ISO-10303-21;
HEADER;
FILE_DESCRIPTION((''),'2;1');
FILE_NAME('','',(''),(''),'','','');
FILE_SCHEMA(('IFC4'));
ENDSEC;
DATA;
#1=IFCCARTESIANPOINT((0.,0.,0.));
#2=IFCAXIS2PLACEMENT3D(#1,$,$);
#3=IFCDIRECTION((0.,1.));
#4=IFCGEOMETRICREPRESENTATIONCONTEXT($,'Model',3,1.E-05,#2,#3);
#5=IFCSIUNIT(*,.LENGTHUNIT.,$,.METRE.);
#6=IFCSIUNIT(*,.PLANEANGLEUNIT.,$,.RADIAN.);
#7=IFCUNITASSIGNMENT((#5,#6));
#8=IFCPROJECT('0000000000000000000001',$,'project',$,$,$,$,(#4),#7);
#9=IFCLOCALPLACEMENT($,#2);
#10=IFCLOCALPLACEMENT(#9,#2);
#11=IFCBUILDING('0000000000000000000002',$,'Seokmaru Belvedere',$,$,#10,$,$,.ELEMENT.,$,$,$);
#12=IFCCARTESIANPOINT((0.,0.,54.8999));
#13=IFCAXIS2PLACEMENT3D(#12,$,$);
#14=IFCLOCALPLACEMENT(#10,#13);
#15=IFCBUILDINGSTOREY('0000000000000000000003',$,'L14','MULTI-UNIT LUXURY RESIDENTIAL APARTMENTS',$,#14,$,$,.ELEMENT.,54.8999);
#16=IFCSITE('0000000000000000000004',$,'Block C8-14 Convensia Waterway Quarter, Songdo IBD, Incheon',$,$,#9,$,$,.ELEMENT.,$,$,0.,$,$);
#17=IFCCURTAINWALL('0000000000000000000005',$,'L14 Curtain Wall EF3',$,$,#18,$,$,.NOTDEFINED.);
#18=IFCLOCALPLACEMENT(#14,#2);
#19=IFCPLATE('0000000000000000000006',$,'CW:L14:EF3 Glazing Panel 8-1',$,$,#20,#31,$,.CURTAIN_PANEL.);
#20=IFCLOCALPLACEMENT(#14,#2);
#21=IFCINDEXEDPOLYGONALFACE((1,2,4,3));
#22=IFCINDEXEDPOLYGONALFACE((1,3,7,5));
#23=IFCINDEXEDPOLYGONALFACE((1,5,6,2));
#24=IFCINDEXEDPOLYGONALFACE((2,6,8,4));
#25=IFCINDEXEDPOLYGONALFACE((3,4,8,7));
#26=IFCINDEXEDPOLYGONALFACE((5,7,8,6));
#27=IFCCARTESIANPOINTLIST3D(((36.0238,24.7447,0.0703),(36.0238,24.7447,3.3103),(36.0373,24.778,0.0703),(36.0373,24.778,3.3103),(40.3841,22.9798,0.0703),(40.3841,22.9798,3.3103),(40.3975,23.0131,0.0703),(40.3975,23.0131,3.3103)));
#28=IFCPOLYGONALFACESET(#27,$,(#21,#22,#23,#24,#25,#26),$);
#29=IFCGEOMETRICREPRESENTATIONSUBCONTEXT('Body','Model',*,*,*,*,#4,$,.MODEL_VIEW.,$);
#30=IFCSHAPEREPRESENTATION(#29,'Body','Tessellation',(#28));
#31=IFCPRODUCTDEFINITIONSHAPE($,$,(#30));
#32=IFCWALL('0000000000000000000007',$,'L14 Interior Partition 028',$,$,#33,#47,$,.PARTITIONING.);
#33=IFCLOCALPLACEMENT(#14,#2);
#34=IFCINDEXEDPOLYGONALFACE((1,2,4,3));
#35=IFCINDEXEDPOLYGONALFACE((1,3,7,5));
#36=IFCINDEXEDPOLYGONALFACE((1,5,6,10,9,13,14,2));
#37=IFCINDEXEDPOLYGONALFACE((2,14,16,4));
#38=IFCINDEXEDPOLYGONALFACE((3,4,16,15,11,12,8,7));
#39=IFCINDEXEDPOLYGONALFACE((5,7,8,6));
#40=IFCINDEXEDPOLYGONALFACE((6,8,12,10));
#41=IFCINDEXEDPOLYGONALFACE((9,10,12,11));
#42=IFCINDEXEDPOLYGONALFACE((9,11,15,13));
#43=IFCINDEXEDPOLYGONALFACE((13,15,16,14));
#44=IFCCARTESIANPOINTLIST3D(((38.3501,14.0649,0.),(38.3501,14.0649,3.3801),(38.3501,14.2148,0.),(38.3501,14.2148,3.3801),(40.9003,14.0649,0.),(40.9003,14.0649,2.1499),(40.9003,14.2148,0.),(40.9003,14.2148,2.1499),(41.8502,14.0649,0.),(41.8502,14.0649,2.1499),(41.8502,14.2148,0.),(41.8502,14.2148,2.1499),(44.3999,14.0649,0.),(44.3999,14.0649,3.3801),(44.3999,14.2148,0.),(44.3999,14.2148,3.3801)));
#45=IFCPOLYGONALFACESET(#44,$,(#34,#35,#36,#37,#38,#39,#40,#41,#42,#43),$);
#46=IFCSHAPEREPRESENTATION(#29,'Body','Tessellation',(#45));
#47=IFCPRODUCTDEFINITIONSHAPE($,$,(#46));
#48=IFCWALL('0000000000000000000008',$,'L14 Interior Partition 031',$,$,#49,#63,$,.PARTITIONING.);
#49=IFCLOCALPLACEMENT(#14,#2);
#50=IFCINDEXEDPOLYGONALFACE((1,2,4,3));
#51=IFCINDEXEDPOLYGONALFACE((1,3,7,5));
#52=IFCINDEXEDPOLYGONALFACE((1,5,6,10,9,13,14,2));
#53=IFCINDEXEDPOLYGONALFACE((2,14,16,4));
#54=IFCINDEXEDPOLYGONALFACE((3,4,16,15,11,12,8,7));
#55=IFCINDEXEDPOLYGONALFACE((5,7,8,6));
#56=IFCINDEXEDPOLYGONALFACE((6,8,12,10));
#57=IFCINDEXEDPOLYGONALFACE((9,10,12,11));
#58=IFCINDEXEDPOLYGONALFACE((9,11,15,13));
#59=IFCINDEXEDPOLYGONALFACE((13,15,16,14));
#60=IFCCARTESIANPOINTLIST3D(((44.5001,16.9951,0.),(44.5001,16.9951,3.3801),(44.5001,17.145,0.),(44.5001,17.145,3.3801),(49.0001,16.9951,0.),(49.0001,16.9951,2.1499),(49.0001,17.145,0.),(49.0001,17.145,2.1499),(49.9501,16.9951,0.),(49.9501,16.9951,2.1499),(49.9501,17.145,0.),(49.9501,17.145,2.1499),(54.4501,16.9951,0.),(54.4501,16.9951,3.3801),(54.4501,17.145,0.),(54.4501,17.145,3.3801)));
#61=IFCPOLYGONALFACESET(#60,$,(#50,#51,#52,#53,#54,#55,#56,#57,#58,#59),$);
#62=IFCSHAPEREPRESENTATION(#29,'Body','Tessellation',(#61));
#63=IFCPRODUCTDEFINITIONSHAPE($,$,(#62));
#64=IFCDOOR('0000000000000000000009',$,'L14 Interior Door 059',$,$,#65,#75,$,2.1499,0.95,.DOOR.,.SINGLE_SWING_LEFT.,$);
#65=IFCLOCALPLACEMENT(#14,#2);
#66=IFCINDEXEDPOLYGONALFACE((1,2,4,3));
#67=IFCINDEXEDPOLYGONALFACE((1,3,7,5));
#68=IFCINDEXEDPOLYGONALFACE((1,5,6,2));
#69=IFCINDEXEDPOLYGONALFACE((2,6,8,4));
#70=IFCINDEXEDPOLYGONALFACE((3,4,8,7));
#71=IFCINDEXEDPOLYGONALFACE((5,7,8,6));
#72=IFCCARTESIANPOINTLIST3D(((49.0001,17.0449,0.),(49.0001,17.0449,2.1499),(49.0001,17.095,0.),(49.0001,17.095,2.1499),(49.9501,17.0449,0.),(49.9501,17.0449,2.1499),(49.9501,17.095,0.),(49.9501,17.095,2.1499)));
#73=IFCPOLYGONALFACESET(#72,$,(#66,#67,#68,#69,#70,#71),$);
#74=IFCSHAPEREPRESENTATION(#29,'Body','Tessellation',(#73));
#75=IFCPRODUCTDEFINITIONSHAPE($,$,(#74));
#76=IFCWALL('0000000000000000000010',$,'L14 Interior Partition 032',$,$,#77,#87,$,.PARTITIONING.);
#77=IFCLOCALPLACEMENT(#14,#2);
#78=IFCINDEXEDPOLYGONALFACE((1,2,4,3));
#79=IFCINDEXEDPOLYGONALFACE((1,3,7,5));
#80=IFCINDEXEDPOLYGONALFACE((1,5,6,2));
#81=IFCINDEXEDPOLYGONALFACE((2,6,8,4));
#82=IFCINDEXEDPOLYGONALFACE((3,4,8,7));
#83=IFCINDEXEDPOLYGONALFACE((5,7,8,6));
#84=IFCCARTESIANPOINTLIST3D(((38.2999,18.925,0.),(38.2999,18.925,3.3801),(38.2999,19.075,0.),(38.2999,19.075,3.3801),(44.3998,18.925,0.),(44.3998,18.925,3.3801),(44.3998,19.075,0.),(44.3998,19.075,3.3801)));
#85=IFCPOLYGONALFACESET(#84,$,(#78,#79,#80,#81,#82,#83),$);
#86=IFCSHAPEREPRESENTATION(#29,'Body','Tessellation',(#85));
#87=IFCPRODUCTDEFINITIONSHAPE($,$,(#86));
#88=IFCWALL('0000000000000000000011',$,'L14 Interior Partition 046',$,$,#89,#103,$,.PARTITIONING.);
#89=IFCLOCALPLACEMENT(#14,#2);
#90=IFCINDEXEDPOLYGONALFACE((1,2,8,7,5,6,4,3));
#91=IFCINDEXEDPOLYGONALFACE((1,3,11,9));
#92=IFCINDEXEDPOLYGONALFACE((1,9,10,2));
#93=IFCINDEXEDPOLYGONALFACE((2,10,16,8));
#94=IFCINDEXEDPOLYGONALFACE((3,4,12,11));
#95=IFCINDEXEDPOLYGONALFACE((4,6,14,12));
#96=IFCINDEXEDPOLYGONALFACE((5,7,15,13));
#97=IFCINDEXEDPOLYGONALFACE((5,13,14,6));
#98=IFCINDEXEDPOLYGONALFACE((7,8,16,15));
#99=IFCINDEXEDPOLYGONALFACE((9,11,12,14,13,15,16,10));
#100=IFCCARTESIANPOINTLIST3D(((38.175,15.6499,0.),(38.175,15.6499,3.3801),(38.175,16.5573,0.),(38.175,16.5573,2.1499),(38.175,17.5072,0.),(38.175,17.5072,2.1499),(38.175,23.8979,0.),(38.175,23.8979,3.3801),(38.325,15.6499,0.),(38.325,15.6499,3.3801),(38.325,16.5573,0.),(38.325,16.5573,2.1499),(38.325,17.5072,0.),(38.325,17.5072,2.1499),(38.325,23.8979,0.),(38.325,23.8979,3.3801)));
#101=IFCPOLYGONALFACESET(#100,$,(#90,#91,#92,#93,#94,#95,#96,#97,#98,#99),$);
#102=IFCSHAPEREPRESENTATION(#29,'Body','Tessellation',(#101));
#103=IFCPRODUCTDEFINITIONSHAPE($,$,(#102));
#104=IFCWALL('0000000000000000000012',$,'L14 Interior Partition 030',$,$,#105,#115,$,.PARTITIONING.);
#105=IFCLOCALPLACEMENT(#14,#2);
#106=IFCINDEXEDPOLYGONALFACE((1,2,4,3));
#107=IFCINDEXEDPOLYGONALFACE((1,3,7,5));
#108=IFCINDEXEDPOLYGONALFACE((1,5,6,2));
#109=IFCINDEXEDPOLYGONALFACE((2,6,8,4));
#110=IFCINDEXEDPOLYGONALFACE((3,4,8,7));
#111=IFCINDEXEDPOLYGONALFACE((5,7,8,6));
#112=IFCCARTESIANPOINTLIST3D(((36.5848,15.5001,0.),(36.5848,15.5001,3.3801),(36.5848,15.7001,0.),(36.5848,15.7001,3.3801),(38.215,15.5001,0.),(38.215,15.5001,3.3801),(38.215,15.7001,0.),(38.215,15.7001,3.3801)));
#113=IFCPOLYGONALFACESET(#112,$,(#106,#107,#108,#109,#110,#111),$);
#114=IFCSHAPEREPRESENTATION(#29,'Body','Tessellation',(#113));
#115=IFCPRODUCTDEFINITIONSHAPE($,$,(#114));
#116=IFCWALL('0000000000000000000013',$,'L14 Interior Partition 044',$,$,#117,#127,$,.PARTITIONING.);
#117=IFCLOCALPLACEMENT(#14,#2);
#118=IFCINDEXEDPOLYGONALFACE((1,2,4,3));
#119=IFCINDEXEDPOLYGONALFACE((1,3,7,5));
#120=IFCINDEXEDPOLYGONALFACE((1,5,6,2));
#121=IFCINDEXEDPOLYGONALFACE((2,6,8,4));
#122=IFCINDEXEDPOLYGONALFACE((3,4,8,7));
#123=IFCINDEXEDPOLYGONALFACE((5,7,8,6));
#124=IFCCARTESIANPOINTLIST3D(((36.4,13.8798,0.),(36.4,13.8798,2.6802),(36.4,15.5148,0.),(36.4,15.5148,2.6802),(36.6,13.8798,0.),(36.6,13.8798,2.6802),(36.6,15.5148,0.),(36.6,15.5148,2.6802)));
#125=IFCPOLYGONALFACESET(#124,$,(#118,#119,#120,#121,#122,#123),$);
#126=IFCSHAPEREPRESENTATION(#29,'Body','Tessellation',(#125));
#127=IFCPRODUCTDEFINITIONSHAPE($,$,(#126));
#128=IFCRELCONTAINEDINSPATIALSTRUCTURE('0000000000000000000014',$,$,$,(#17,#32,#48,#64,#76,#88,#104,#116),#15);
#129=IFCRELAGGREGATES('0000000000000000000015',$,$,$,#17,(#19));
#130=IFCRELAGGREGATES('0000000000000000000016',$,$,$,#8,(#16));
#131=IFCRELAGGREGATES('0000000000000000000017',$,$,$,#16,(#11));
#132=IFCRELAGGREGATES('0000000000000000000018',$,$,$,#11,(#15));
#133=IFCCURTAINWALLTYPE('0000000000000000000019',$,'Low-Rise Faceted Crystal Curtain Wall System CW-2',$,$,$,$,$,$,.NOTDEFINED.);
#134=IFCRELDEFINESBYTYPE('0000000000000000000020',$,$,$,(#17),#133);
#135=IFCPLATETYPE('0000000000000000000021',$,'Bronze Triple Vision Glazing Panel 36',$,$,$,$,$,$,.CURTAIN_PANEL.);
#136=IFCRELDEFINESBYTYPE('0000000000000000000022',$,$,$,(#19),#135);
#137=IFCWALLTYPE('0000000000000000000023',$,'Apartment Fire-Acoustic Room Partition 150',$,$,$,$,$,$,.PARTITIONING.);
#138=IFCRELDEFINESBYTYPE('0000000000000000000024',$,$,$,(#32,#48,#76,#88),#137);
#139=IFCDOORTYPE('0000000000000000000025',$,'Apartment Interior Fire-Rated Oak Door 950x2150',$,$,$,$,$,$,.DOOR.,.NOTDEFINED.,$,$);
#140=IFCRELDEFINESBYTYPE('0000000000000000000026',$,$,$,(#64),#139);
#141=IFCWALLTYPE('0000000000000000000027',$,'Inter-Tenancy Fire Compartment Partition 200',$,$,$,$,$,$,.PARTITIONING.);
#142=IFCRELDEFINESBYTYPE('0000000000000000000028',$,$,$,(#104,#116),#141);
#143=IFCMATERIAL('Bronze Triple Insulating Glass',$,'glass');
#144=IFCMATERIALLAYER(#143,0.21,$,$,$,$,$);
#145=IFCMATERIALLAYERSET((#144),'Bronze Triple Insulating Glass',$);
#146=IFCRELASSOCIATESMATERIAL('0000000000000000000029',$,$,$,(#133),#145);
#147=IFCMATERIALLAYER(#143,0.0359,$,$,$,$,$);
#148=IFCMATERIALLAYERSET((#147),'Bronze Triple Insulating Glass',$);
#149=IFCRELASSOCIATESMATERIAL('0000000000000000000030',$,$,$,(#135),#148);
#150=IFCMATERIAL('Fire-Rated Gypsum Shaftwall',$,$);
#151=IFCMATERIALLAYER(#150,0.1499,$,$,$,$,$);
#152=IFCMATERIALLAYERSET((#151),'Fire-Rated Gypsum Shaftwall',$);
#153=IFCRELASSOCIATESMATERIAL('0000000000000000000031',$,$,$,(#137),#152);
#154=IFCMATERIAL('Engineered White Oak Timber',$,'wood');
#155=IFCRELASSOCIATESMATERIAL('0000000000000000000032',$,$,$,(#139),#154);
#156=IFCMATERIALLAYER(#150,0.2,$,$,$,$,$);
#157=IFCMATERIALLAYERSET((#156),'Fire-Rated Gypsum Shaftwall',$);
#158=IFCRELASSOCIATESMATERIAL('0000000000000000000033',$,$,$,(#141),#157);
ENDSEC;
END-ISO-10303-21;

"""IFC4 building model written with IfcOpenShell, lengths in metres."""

from ifc_helpers import new_model, si_unit, direction, frame, frame_2d, origin, origin_2d, place, context, subcontext, project, spatial, rectangle, extrude, source, transform, mapped, material, layer, layer_set, type_object, type_shapes, element, fill, aggregate, save


model = new_model("IFC4")

# Units and contexts
model_context = context("Model", 3, precision=1e-05, world=origin(), true_north=direction((0.0, 1.0)))
body_context = subcontext(model_context, "Body", "Model", "MODEL_VIEW")
ifc_project = project(units=[si_unit("LENGTHUNIT", "METRE"), si_unit("PLANEANGLEUNIT", "RADIAN")], contexts=[model_context])

# Site, building, storey
site_placement = place(None, origin())
site = spatial("IfcSite", under=ifc_project, at=site_placement, Name="Block C8-14 Convensia Waterway Quarter, Songdo IBD, Incheon", CompositionType="ELEMENT", RefElevation=0.0)
building_placement = place(site_placement, origin())
building = spatial("IfcBuilding", under=site, at=building_placement, Name="Seokmaru Belvedere", CompositionType="ELEMENT")
storey_placement = place(building_placement, frame((0.0, 0.0, 54.8999)))
storey = spatial("IfcBuildingStorey", under=building, at=storey_placement, Name="L14", Description="MULTI-UNIT LUXURY RESIDENTIAL APARTMENTS", CompositionType="ELEMENT", Elevation=54.8999)

# Curtain wall, plate
ifc_material_1 = material(Name="Bronze Triple Insulating Glass", Category="glass")
ifc_layer_1 = layer(ifc_material_1, 0.21)
ifc_layer_set_1 = layer_set([ifc_layer_1], Name="Bronze Triple Insulating Glass")
curtain_wall_type = type_object("IfcCurtainWallType", Name="Low-Rise Faceted Crystal Curtain Wall System CW-2", PredefinedType="NOTDEFINED", material=ifc_layer_set_1)
curtain_wall_placement = place(storey_placement, origin())
curtain_wall = element("IfcCurtainWall", 1, at=curtain_wall_placement, inside=storey, type_object=curtain_wall_type, Name="L14 Curtain Wall EF3", PredefinedType="NOTDEFINED")
ifc_layer_2 = layer(ifc_material_1, 0.0359)
ifc_layer_set_2 = layer_set([ifc_layer_2], Name="Bronze Triple Insulating Glass")
plate_type = type_object("IfcPlateType", Name="Bronze Triple Vision Glazing Panel 36", PredefinedType="CURTAIN_PANEL", material=ifc_layer_set_2)
shared_shape_1 = source(origin(), body_context, "Body", "SweptSolid", [
    extrude(rectangle(XDim=4.7039, YDim=0.0359, at=origin_2d()), origin(), (0.0, 0.0, 1.0), 3.24),
])
type_shapes(plate_type, [shared_shape_1])
plate_1_placement = place(storey_placement, frame((38.2107, 23.8789, 0.0703), z_axis=(0.0, 0.0, 1.0), x_axis=(-0.926947, 0.375192, 0.0)))
plate_1 = element("IfcPlate", 2, at=plate_1_placement, type_object=plate_type, Name="CW:L14:EF3 Glazing Panel 8-1", PredefinedType="CURTAIN_PANEL", context=body_context, shape_type="MappedRepresentation", body=[
    mapped(shared_shape_1, transform((0.0, 0.0, 0.0), scale=1.0)),
])
aggregate(curtain_wall, [plate_1])

# Wall, opening
ifc_material_2 = material(Name="Fire-Rated Gypsum Shaftwall")
ifc_layer_3 = layer(ifc_material_2, 0.1499)
ifc_layer_set_3 = layer_set([ifc_layer_3], Name="Fire-Rated Gypsum Shaftwall")
wall_type_1 = type_object("IfcWallType", Name="Apartment Fire-Acoustic Room Partition 150", PredefinedType="PARTITIONING", material=ifc_layer_set_3)
wall_1_placement = place(storey_placement, frame((38.3501, 14.1399, 0.0), z_axis=(0.0, 0.0, 1.0), x_axis=(1.0, 0.0, 0.0)))
wall_1 = element("IfcWall", 3, at=wall_1_placement, inside=storey, type_object=wall_type_1, Name="L14 Interior Partition 028", PredefinedType="PARTITIONING", context=body_context, shape_type="SweptSolid", body=[
    extrude(rectangle(XDim=6.0498, YDim=0.1499, at=frame_2d((3.0249, 0.0))), origin(), (0.0, 0.0, 1.0), 3.3801),
])
opening_1_placement = place(wall_1_placement, frame((2.55, 0.0, 0.0)))
element("IfcOpeningElement", 4, at=opening_1_placement, cuts=wall_1, PredefinedType="OPENING", context=body_context, shape_type="SweptSolid", body=[
    extrude(rectangle(XDim=0.95, YDim=2.1499, at=frame_2d((0.4751, 1.075))), frame((0.0, 0.085, 0.0), z_axis=(0.0, -1.0, 0.0), x_axis=(1.0, 0.0, 0.0)), (0.0, 0.0, 1.0), 0.1699),
])

# Wall, opening, door
wall_2_placement = place(storey_placement, frame((44.5, 17.0701, 0.0), z_axis=(0.0, 0.0, 1.0), x_axis=(1.0, 0.0, 0.0)))
wall_2 = element("IfcWall", 5, at=wall_2_placement, inside=storey, type_object=wall_type_1, Name="L14 Interior Partition 031", PredefinedType="PARTITIONING", context=body_context, shape_type="SweptSolid", body=[
    extrude(rectangle(XDim=9.95, YDim=0.1499, at=frame_2d((4.9751, 0.0))), origin(), (0.0, 0.0, 1.0), 3.3801),
])
opening_2_placement = place(wall_2_placement, frame((4.5, 0.0, 0.0)))
opening_2 = element("IfcOpeningElement", 6, at=opening_2_placement, cuts=wall_2, PredefinedType="OPENING", context=body_context, shape_type="SweptSolid", body=[
    extrude(rectangle(XDim=0.95, YDim=2.1499, at=frame_2d((0.4751, 1.075))), frame((0.0, 0.085, 0.0), z_axis=(0.0, -1.0, 0.0), x_axis=(1.0, 0.0, 0.0)), (0.0, 0.0, 1.0), 0.1699),
])
ifc_material_3 = material(Name="Engineered White Oak Timber", Category="wood")
door_type = type_object("IfcDoorType", Name="Apartment Interior Fire-Rated Oak Door 950x2150", OperationType="NOTDEFINED", PredefinedType="DOOR", material=ifc_material_3)
shared_shape_2 = source(origin(), body_context, "Body", "SweptSolid", [
    extrude(rectangle(XDim=0.95, YDim=2.1499, at=frame_2d((0.4751, 1.075))), frame((0.0, 0.0249, 0.0), z_axis=(0.0, -1.0, 0.0), x_axis=(1.0, 0.0, 0.0)), (0.0, 0.0, 1.0), 0.05),
])
type_shapes(door_type, [shared_shape_2])
door_placement = place(opening_2_placement, origin())
door = element("IfcDoor", 7, at=door_placement, inside=storey, type_object=door_type, Name="L14 Interior Door 059", OperationType="SINGLE_SWING_LEFT", OverallHeight=2.1499, OverallWidth=0.95, PredefinedType="DOOR", context=body_context, shape_type="MappedRepresentation", body=[
    mapped(shared_shape_2, transform((0.0, 0.0, 0.0), scale=1.0)),
])
fill(opening_2, door)

# Wall
wall_3_placement = place(storey_placement, frame((38.3, 19.0, 0.0), z_axis=(0.0, 0.0, 1.0), x_axis=(1.0, 0.0, 0.0)))
element("IfcWall", 8, at=wall_3_placement, inside=storey, type_object=wall_type_1, Name="L14 Interior Partition 032", PredefinedType="PARTITIONING", context=body_context, shape_type="SweptSolid", body=[
    extrude(rectangle(XDim=6.0999, YDim=0.1499, at=frame_2d((3.0498, 0.0))), origin(), (0.0, 0.0, 1.0), 3.3801),
])

# Wall, opening
wall_4_placement = place(storey_placement, frame((38.25, 15.6499, 0.0), z_axis=(0.0, 0.0, 1.0), x_axis=(0.0, 1.0, 0.0)))
wall_4 = element("IfcWall", 9, at=wall_4_placement, inside=storey, type_object=wall_type_1, Name="L14 Interior Partition 046", PredefinedType="PARTITIONING", context=body_context, shape_type="SweptSolid", body=[
    extrude(rectangle(XDim=8.248, YDim=0.1499, at=frame_2d((4.124, 0.0))), origin(), (0.0, 0.0, 1.0), 3.3801),
])
opening_3_placement = place(wall_4_placement, frame((0.9072, 0.0, 0.0)))
element("IfcOpeningElement", 10, at=opening_3_placement, cuts=wall_4, PredefinedType="OPENING", context=body_context, shape_type="SweptSolid", body=[
    extrude(rectangle(XDim=0.95, YDim=2.1499, at=frame_2d((0.4751, 1.075))), frame((0.0, 0.085, 0.0), z_axis=(0.0, -1.0, 0.0), x_axis=(1.0, 0.0, 0.0)), (0.0, 0.0, 1.0), 0.1699),
])

# Walls
ifc_layer_4 = layer(ifc_material_2, 0.2)
ifc_layer_set_4 = layer_set([ifc_layer_4], Name="Fire-Rated Gypsum Shaftwall")
wall_type_2 = type_object("IfcWallType", Name="Inter-Tenancy Fire Compartment Partition 200", PredefinedType="PARTITIONING", material=ifc_layer_set_4)
wall_5_placement = place(storey_placement, frame((36.585, 15.6001, 0.0), z_axis=(0.0, 0.0, 1.0), x_axis=(1.0, 0.0, 0.0)))
element("IfcWall", 11, at=wall_5_placement, inside=storey, type_object=wall_type_2, Name="L14 Interior Partition 030", PredefinedType="PARTITIONING", context=body_context, shape_type="SweptSolid", body=[
    extrude(rectangle(XDim=1.6301, YDim=0.2, at=frame_2d((0.8149, 0.0))), origin(), (0.0, 0.0, 1.0), 3.3801),
])
wall_6_placement = place(storey_placement, frame((36.5, 13.8799, 0.0), z_axis=(0.0, 0.0, 1.0), x_axis=(0.0, 1.0, 0.0)))
element("IfcWall", 12, at=wall_6_placement, inside=storey, type_object=wall_type_2, Name="L14 Interior Partition 044", PredefinedType="PARTITIONING", context=body_context, shape_type="SweptSolid", body=[
    extrude(rectangle(XDim=1.635, YDim=0.2, at=frame_2d((0.8174, 0.0))), origin(), (0.0, 0.0, 1.0), 2.6802),
])

save(model, "model.ifc")
